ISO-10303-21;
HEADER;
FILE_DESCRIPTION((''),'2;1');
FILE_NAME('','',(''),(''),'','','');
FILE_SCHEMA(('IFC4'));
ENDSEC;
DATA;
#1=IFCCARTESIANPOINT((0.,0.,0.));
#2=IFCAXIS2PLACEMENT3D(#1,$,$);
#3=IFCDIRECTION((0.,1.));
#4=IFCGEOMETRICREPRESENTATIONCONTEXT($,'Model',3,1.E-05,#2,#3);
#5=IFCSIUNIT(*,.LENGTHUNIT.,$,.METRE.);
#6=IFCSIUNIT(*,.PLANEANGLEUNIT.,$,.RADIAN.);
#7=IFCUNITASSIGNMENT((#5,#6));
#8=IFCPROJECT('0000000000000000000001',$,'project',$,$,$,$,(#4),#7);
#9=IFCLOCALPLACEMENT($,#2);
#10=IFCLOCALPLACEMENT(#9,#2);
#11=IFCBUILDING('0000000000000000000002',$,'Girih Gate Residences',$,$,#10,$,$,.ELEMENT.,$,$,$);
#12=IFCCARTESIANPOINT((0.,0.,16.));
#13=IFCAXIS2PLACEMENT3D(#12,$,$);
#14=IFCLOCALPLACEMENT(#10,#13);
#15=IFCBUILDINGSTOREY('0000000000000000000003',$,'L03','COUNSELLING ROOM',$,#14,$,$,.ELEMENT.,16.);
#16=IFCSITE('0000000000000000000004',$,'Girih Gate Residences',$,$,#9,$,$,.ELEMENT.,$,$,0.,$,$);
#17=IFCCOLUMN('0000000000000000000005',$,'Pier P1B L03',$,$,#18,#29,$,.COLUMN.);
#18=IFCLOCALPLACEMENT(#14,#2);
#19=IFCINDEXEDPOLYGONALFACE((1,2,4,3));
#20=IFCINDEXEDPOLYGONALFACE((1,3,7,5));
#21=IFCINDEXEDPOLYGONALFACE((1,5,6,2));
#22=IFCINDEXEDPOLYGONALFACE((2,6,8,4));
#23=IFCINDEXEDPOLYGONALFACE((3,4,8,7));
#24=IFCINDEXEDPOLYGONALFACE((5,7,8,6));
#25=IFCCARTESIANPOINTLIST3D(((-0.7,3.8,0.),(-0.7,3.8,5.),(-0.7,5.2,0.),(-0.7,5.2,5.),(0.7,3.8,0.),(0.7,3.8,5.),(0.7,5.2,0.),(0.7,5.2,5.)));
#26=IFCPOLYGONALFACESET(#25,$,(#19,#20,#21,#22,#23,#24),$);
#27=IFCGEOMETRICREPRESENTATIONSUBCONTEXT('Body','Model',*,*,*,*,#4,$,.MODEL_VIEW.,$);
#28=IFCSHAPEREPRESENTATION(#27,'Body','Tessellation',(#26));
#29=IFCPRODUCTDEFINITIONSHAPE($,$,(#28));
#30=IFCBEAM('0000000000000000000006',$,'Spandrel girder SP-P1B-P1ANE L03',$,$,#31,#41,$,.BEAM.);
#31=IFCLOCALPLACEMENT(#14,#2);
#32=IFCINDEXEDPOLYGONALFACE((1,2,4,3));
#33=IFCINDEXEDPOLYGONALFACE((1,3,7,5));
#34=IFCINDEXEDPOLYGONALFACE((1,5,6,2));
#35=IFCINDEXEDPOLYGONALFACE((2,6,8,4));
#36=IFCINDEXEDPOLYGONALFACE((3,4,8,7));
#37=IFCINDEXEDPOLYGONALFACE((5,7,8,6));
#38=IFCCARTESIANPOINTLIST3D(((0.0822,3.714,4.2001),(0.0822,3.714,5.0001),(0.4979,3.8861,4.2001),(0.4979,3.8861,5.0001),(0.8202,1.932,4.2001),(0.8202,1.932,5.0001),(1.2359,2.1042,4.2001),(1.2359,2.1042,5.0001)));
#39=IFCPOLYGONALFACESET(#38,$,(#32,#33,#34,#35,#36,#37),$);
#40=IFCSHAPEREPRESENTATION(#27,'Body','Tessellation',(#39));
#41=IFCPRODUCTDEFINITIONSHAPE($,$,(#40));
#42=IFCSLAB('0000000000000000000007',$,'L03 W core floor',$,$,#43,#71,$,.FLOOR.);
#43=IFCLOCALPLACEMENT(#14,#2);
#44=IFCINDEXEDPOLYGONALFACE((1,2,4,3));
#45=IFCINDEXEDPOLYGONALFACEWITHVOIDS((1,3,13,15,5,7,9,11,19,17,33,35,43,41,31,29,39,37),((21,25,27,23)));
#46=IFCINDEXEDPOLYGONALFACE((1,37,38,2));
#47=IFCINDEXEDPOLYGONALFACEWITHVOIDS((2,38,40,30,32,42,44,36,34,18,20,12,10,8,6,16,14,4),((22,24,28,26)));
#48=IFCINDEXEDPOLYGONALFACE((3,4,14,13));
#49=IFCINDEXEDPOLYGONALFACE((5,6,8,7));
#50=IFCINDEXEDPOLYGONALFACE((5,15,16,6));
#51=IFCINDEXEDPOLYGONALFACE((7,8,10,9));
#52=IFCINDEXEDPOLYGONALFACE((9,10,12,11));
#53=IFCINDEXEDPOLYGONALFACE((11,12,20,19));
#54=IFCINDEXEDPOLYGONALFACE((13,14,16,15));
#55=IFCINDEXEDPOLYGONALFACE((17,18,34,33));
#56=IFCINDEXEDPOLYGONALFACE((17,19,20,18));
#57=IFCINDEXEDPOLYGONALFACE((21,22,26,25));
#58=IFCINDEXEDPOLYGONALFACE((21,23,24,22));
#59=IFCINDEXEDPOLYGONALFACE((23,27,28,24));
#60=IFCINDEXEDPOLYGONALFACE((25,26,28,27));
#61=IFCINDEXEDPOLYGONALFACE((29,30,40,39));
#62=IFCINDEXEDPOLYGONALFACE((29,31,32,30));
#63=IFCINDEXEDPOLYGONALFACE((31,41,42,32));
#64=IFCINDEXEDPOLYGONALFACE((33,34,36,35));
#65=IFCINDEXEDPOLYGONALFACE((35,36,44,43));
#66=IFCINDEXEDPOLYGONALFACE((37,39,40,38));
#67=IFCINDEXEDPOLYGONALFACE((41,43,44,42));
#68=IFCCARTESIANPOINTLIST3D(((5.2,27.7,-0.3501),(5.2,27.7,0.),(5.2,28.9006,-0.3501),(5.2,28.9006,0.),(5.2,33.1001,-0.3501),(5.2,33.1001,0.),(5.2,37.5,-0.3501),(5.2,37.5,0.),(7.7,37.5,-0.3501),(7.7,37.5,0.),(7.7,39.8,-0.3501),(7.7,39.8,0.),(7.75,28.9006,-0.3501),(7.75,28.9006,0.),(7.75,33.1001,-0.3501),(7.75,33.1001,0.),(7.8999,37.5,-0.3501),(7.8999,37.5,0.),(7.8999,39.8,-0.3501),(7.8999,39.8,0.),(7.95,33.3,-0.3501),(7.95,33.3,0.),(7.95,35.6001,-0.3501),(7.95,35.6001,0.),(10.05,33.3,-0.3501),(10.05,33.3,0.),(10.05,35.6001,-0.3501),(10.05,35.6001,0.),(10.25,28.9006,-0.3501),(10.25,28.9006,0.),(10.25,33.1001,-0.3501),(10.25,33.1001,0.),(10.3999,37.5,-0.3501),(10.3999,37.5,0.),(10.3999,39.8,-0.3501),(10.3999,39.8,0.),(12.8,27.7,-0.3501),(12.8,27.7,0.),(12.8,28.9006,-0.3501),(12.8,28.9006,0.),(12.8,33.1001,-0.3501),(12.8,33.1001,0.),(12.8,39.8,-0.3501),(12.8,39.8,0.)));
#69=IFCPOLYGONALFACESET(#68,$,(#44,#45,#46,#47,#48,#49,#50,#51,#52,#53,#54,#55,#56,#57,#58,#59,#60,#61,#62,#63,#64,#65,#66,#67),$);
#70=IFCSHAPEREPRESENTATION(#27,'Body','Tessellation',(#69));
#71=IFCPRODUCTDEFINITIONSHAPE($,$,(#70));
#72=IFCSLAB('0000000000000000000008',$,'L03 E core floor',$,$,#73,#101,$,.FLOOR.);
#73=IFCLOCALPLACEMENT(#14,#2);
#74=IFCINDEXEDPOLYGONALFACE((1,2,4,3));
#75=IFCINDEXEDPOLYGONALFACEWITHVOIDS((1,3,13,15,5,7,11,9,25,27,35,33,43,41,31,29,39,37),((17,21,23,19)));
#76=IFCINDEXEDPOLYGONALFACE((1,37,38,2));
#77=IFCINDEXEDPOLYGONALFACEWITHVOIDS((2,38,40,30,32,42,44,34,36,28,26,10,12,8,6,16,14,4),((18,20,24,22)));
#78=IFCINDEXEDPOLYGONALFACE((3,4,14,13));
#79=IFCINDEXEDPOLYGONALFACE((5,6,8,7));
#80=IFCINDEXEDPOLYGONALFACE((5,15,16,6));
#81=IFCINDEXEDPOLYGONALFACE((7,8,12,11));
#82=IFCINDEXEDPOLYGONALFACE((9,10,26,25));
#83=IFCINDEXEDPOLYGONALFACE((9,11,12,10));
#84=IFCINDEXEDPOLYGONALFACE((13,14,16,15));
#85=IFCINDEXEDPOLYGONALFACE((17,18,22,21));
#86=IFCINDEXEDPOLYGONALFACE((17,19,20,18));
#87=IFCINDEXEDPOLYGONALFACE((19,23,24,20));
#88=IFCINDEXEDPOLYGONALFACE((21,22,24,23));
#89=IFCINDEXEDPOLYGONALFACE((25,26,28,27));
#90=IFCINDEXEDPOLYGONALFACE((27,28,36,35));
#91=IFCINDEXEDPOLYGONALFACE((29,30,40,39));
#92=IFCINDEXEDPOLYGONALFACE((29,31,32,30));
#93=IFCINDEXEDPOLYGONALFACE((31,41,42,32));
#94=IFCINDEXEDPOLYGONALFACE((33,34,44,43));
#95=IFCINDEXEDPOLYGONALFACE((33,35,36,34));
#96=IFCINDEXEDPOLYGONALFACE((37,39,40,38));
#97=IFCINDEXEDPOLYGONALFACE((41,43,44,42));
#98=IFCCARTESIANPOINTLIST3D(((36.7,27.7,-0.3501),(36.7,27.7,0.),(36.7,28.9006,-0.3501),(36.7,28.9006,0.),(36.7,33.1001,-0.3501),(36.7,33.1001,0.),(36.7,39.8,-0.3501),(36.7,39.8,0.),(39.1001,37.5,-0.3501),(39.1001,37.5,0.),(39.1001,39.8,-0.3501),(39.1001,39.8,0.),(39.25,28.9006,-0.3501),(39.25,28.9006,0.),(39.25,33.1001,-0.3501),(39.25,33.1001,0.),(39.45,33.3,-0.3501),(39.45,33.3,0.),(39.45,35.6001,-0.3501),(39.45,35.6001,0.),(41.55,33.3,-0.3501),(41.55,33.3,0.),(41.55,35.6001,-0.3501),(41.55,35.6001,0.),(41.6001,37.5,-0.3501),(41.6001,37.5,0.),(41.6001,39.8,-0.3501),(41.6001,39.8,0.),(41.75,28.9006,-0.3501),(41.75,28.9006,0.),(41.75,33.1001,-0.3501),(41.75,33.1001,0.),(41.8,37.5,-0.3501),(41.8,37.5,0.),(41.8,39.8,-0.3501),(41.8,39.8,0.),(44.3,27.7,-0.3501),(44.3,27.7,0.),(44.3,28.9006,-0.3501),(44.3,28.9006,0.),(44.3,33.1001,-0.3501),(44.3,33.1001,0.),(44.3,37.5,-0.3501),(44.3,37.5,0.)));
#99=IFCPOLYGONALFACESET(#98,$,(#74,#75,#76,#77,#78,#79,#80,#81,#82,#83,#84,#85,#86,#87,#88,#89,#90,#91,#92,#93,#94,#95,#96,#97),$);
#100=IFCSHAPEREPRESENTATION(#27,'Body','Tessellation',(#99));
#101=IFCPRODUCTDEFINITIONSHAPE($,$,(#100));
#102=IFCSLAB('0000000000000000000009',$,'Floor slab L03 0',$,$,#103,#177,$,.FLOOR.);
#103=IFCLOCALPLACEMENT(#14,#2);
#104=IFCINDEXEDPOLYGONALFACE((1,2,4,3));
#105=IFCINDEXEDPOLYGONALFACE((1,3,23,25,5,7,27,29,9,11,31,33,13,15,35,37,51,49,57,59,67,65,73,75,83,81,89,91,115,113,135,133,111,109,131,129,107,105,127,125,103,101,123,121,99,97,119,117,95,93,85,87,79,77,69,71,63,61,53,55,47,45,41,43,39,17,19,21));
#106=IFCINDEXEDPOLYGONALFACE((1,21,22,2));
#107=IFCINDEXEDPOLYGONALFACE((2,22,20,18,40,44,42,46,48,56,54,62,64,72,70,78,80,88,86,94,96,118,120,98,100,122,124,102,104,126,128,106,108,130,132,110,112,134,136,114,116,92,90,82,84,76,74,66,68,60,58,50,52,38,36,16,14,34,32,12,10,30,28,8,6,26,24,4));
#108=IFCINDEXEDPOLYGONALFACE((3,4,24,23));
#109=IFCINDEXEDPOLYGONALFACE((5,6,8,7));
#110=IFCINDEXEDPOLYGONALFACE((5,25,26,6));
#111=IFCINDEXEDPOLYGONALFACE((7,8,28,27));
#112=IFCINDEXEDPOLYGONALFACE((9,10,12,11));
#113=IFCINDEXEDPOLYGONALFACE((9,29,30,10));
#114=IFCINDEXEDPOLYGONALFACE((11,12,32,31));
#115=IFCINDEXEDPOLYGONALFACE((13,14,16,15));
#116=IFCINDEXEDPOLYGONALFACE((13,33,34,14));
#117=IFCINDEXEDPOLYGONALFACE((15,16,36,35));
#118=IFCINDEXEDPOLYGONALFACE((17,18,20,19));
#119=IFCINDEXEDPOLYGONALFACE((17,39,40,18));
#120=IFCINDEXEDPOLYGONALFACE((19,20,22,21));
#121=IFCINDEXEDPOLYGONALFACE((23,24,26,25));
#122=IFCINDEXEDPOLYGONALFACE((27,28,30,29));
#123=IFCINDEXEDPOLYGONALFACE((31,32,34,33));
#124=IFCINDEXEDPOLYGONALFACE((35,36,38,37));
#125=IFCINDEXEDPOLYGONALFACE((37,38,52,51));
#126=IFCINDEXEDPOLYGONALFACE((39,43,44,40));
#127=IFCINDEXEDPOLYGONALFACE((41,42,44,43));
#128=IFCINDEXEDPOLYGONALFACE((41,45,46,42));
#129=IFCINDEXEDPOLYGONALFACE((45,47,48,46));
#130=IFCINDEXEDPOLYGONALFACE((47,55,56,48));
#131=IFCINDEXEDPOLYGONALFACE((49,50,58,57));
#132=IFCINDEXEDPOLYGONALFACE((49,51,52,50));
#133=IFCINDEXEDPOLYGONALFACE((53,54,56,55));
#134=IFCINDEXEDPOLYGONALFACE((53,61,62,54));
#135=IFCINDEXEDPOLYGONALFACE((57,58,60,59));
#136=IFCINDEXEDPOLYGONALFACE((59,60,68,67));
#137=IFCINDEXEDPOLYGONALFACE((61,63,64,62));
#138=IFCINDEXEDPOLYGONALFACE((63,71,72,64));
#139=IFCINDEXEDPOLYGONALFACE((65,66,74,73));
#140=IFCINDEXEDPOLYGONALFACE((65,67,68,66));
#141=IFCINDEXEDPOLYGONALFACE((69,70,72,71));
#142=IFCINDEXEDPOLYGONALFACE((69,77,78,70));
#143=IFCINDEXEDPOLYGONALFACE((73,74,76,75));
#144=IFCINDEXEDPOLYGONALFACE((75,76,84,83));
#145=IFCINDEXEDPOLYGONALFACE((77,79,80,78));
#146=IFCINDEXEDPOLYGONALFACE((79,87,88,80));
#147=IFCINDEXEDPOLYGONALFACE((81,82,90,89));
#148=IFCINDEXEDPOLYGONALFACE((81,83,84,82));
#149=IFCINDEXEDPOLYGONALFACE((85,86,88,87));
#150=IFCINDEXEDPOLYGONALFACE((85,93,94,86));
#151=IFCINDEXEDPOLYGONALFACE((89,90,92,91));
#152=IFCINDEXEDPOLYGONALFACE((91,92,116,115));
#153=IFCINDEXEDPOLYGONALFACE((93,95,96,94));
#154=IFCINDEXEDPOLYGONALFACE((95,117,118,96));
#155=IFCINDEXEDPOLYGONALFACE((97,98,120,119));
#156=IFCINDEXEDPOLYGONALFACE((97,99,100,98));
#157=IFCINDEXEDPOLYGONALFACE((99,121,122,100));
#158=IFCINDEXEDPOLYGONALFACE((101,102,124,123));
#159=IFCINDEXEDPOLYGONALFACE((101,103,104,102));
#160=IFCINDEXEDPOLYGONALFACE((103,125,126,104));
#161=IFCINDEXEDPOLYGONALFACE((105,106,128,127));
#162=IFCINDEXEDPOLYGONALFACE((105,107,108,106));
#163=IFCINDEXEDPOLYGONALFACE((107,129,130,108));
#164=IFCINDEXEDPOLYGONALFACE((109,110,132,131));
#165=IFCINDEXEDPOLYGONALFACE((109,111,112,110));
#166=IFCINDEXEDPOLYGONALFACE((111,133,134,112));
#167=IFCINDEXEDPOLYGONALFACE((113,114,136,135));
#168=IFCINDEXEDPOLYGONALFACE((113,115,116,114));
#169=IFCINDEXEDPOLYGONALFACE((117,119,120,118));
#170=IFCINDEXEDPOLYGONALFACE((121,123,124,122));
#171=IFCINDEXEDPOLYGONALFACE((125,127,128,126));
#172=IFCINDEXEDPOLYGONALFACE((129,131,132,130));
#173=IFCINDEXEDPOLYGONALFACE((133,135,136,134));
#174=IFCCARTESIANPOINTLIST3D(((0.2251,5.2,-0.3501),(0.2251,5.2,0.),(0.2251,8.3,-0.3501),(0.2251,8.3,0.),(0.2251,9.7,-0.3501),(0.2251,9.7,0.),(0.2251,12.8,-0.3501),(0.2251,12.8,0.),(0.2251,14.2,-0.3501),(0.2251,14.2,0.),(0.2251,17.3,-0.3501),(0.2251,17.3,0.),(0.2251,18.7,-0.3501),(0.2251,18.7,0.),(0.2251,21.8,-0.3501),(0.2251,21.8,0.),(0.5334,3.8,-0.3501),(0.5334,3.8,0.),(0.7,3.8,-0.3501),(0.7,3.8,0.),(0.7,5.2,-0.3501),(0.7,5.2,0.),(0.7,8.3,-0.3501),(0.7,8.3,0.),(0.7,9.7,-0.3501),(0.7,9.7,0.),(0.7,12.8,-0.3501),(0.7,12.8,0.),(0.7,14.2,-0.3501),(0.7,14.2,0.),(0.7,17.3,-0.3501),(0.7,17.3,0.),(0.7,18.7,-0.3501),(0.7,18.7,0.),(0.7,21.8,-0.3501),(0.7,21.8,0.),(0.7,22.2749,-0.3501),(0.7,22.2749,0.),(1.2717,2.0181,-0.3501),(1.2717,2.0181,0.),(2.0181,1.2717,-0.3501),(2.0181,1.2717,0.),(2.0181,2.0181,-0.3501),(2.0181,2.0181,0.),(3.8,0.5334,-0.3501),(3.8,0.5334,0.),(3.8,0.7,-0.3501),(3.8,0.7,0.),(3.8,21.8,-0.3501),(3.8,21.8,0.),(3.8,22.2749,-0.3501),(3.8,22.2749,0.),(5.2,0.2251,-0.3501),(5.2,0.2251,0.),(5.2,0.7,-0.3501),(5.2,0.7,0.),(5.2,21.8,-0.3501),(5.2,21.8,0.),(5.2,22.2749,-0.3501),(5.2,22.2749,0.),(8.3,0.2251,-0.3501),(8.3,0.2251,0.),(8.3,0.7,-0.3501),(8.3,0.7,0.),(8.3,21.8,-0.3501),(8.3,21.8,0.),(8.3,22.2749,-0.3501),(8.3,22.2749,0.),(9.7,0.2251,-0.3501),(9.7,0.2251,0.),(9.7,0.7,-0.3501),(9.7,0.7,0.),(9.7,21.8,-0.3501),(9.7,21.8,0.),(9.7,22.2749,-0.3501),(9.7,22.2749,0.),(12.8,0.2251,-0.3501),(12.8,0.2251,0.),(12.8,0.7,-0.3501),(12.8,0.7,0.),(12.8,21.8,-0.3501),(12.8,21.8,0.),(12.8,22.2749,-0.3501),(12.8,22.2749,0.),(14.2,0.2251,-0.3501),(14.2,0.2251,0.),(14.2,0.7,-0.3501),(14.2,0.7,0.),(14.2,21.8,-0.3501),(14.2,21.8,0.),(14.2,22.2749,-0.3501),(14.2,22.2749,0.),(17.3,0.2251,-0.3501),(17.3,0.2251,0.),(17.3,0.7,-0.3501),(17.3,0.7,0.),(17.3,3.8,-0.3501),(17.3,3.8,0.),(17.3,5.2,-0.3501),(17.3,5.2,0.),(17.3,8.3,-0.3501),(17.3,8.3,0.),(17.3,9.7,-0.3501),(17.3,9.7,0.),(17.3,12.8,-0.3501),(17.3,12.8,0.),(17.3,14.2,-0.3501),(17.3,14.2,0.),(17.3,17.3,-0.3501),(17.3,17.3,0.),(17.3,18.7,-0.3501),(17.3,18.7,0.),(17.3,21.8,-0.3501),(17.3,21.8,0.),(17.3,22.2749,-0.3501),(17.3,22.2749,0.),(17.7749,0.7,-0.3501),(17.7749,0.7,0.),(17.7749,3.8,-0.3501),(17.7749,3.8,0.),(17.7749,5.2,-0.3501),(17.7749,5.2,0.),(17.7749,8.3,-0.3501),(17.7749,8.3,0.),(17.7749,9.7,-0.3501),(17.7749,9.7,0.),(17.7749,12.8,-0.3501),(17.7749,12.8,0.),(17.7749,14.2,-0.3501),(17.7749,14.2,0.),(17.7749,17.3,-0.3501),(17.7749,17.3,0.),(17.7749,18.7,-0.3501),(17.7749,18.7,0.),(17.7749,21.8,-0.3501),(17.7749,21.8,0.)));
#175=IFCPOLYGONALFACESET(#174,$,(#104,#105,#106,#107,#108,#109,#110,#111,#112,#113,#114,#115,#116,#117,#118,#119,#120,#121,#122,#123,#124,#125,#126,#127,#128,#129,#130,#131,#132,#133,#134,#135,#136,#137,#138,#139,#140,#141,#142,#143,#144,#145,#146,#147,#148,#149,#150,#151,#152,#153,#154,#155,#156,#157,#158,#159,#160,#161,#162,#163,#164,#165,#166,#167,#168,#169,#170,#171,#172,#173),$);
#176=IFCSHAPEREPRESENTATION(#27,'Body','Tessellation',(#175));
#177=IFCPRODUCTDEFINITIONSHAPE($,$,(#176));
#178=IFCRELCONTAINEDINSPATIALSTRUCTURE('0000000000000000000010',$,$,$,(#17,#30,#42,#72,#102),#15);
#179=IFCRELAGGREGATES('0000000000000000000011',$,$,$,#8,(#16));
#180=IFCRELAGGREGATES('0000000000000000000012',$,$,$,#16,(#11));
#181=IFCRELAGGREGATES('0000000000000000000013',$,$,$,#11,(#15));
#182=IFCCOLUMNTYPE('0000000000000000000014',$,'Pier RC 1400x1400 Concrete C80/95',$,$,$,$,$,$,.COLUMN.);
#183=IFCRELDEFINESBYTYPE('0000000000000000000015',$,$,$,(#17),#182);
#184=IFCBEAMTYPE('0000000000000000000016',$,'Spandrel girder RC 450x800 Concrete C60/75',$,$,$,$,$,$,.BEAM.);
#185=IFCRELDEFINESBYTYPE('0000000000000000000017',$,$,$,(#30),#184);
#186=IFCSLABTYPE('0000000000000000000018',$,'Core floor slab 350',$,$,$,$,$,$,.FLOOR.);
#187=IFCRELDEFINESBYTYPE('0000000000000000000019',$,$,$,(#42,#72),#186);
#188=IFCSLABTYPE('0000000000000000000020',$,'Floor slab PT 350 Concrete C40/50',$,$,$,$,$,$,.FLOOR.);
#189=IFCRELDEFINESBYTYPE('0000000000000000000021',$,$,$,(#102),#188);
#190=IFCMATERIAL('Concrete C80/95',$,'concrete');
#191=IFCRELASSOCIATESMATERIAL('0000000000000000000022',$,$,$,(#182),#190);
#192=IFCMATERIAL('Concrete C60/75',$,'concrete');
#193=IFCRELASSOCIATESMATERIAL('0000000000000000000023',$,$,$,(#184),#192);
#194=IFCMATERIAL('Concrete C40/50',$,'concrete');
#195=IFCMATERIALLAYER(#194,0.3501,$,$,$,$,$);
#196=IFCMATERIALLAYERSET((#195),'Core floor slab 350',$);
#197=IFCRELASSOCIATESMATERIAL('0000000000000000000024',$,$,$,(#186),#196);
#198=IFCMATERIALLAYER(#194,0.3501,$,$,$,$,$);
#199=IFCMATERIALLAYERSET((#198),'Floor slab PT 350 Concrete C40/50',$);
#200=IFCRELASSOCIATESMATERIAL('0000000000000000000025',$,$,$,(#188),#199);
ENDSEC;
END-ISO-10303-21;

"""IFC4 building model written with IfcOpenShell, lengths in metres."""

from ifc_helpers import new_model, si_unit, direction, frame, origin, origin_2d, place, context, subcontext, project, spatial, polyline, rectangle, outline, extrude, material, layer, layer_set, material_profile, profile_set, type_object, element, save


model = new_model("IFC4")

# Units and contexts
model_context = context("Model", 3, precision=1e-05, world=origin(), true_north=direction((0.0, 1.0)))
body_context = subcontext(model_context, "Body", "Model", "MODEL_VIEW")
ifc_project = project(units=[si_unit("LENGTHUNIT", "METRE"), si_unit("PLANEANGLEUNIT", "RADIAN")], contexts=[model_context])

# Site, building, storey
site_placement = place(None, origin())
site = spatial("IfcSite", under=ifc_project, at=site_placement, Name="Girih Gate Residences", CompositionType="ELEMENT", RefElevation=0.0)
building_placement = place(site_placement, origin())
building = spatial("IfcBuilding", under=site, at=building_placement, Name="Girih Gate Residences", CompositionType="ELEMENT")
storey_placement = place(building_placement, frame((0.0, 0.0, 16.0)))
storey = spatial("IfcBuildingStorey", under=building, at=storey_placement, Name="L03", Description="COUNSELLING ROOM", CompositionType="ELEMENT", Elevation=16.0)

# Column
ifc_material_1 = material(Name="Concrete C80/95", Category="concrete")
ifc_material_profile_1 = material_profile(ifc_material_1, rectangle(XDim=1.3999, YDim=1.3999, at=origin_2d()))
ifc_profile_set_1 = profile_set([ifc_material_profile_1], Name="Concrete C80/95")
column_type = type_object("IfcColumnType", Name="Pier RC 1400x1400 Concrete C80/95", PredefinedType="COLUMN", material=ifc_profile_set_1)
column_placement = place(storey_placement, frame((0.0, 4.5, 0.0), z_axis=(0.0, 0.0, 1.0), x_axis=(1.0, 0.0, 0.0)))
element("IfcColumn", 1, at=column_placement, inside=storey, type_object=column_type, Name="Pier P1B L03", PredefinedType="COLUMN", context=body_context, shape_type="SweptSolid", body=[
    extrude(rectangle(XDim=1.3999, YDim=1.3999, at=origin_2d()), origin(), (0.0, 0.0, 1.0), 5.0),
])

# Beam
ifc_material_2 = material(Name="Concrete C60/75", Category="concrete")
ifc_material_profile_2 = material_profile(ifc_material_2, rectangle(XDim=0.45, YDim=0.8, at=origin_2d()))
ifc_profile_set_2 = profile_set([ifc_material_profile_2], Name="Concrete C60/75")
beam_type = type_object("IfcBeamType", Name="Spandrel girder RC 450x800 Concrete C60/75", PredefinedType="BEAM", material=ifc_profile_set_2)
beam_placement = place(storey_placement, frame((0.29, 3.8, 4.6001), z_axis=(0.382646, -0.923895, 0.0), x_axis=(0.923895, 0.382646, 0.0)))
element("IfcBeam", 2, at=beam_placement, inside=storey, type_object=beam_type, Name="Spandrel girder SP-P1B-P1ANE L03", PredefinedType="BEAM", context=body_context, shape_type="SweptSolid", body=[
    extrude(rectangle(XDim=0.45, YDim=0.8, at=origin_2d()), origin(), (0.0, 0.0, 1.0), 1.9287),
])

# Slabs
ifc_material_3 = material(Name="Concrete C40/50", Category="concrete")
ifc_layer_1 = layer(ifc_material_3, 0.3501)
ifc_layer_set_1 = layer_set([ifc_layer_1], Name="Core floor slab 350")
slab_type_1 = type_object("IfcSlabType", Name="Core floor slab 350", PredefinedType="FLOOR", material=ifc_layer_set_1)
slab_1_placement = place(storey_placement, frame((0.0, 0.0, -0.3501)))
element("IfcSlab", 3, at=slab_1_placement, inside=storey, type_object=slab_type_1, Name="L03 W core floor", PredefinedType="FLOOR", context=body_context, shape_type="SweptSolid", body=[
    extrude(outline(polyline([(12.8, 27.7), (5.2, 27.7), (5.2, 28.9006), (7.75, 28.9006), (7.75, 33.1001), (5.2, 33.1001), (5.2, 37.5), (7.7, 37.5), (7.7, 39.8), (7.8999, 39.8), (7.8999, 37.5), (10.3999, 37.5), (10.3999, 39.8), (12.8, 39.8), (12.8, 33.1001), (10.25, 33.1001), (10.25, 28.9006), (12.8, 28.9006), (12.8, 27.7)]), holes=[polyline([(7.95, 33.3), (10.05, 33.3), (10.05, 35.6001), (7.95, 35.6001), (7.95, 33.3)])]), origin(), (0.0, 0.0, 1.0), 0.3501),
])
slab_2_placement = place(storey_placement, frame((0.0, 0.0, -0.3501)))
element("IfcSlab", 4, at=slab_2_placement, inside=storey, type_object=slab_type_1, Name="L03 E core floor", PredefinedType="FLOOR", context=body_context, shape_type="SweptSolid", body=[
    extrude(outline(polyline([(44.3, 27.7), (36.7, 27.7), (36.7, 28.9006), (39.25, 28.9006), (39.25, 33.1001), (36.7, 33.1001), (36.7, 39.8), (39.1001, 39.8), (39.1001, 37.5), (41.6001, 37.5), (41.6001, 39.8), (41.8, 39.8), (41.8, 37.5), (44.3, 37.5), (44.3, 33.1001), (41.75, 33.1001), (41.75, 28.9006), (44.3, 28.9006), (44.3, 27.7)]), holes=[polyline([(39.45, 33.3), (41.55, 33.3), (41.55, 35.6001), (39.45, 35.6001), (39.45, 33.3)])]), origin(), (0.0, 0.0, 1.0), 0.3501),
])
ifc_layer_2 = layer(ifc_material_3, 0.3501)
ifc_layer_set_2 = layer_set([ifc_layer_2], Name="Floor slab PT 350 Concrete C40/50")
slab_type_2 = type_object("IfcSlabType", Name="Floor slab PT 350 Concrete C40/50", PredefinedType="FLOOR", material=ifc_layer_set_2)
slab_3_placement = place(storey_placement, frame((0.0, 0.0, -0.3501)))
element("IfcSlab", 5, at=slab_3_placement, inside=storey, type_object=slab_type_2, Name="Floor slab L03 0", PredefinedType="FLOOR", context=body_context, shape_type="SweptSolid", body=[
    extrude(outline(polyline([(14.2, 0.2251), (17.3, 0.2251), (17.3, 0.7), (17.7749, 0.7), (17.7749, 3.8), (17.3, 3.8), (17.3, 5.2), (17.7749, 5.2), (17.7749, 8.3), (17.3, 8.3), (17.3, 9.7), (17.7749, 9.7), (17.7749, 12.8), (17.3, 12.8), (17.3, 14.2), (17.7749, 14.2), (17.7749, 17.3), (17.3, 17.3), (17.3, 18.7), (17.7749, 18.7), (17.7749, 21.8), (17.3, 21.8), (17.3, 22.2749), (14.2, 22.2749), (14.2, 21.8), (12.8, 21.8), (12.8, 22.2749), (9.7, 22.2749), (9.7, 21.8), (8.3, 21.8), (8.3, 22.2749), (5.2, 22.2749), (5.2, 21.8), (3.8, 21.8), (3.8, 22.2749), (0.7, 22.2749), (0.7, 21.8), (0.2251, 21.8), (0.2251, 18.7), (0.7, 18.7), (0.7, 17.3), (0.2251, 17.3), (0.2251, 14.2), (0.7, 14.2), (0.7, 12.8), (0.2251, 12.8), (0.2251, 9.7), (0.7, 9.7), (0.7, 8.3), (0.2251, 8.3), (0.2251, 5.2), (0.7, 5.2), (0.7, 3.8), (0.5334, 3.8), (1.2717, 2.0181), (2.0181, 2.0181), (2.0181, 1.2717), (3.8, 0.5334), (3.8, 0.7), (5.2, 0.7), (5.2, 0.2251), (8.3, 0.2251), (8.3, 0.7), (9.7, 0.7), (9.7, 0.2251), (12.8, 0.2251), (12.8, 0.7), (14.2, 0.7), (14.2, 0.2251)])), origin(), (0.0, 0.0, 1.0), 0.3501),
])

save(model, "model.ifc")
